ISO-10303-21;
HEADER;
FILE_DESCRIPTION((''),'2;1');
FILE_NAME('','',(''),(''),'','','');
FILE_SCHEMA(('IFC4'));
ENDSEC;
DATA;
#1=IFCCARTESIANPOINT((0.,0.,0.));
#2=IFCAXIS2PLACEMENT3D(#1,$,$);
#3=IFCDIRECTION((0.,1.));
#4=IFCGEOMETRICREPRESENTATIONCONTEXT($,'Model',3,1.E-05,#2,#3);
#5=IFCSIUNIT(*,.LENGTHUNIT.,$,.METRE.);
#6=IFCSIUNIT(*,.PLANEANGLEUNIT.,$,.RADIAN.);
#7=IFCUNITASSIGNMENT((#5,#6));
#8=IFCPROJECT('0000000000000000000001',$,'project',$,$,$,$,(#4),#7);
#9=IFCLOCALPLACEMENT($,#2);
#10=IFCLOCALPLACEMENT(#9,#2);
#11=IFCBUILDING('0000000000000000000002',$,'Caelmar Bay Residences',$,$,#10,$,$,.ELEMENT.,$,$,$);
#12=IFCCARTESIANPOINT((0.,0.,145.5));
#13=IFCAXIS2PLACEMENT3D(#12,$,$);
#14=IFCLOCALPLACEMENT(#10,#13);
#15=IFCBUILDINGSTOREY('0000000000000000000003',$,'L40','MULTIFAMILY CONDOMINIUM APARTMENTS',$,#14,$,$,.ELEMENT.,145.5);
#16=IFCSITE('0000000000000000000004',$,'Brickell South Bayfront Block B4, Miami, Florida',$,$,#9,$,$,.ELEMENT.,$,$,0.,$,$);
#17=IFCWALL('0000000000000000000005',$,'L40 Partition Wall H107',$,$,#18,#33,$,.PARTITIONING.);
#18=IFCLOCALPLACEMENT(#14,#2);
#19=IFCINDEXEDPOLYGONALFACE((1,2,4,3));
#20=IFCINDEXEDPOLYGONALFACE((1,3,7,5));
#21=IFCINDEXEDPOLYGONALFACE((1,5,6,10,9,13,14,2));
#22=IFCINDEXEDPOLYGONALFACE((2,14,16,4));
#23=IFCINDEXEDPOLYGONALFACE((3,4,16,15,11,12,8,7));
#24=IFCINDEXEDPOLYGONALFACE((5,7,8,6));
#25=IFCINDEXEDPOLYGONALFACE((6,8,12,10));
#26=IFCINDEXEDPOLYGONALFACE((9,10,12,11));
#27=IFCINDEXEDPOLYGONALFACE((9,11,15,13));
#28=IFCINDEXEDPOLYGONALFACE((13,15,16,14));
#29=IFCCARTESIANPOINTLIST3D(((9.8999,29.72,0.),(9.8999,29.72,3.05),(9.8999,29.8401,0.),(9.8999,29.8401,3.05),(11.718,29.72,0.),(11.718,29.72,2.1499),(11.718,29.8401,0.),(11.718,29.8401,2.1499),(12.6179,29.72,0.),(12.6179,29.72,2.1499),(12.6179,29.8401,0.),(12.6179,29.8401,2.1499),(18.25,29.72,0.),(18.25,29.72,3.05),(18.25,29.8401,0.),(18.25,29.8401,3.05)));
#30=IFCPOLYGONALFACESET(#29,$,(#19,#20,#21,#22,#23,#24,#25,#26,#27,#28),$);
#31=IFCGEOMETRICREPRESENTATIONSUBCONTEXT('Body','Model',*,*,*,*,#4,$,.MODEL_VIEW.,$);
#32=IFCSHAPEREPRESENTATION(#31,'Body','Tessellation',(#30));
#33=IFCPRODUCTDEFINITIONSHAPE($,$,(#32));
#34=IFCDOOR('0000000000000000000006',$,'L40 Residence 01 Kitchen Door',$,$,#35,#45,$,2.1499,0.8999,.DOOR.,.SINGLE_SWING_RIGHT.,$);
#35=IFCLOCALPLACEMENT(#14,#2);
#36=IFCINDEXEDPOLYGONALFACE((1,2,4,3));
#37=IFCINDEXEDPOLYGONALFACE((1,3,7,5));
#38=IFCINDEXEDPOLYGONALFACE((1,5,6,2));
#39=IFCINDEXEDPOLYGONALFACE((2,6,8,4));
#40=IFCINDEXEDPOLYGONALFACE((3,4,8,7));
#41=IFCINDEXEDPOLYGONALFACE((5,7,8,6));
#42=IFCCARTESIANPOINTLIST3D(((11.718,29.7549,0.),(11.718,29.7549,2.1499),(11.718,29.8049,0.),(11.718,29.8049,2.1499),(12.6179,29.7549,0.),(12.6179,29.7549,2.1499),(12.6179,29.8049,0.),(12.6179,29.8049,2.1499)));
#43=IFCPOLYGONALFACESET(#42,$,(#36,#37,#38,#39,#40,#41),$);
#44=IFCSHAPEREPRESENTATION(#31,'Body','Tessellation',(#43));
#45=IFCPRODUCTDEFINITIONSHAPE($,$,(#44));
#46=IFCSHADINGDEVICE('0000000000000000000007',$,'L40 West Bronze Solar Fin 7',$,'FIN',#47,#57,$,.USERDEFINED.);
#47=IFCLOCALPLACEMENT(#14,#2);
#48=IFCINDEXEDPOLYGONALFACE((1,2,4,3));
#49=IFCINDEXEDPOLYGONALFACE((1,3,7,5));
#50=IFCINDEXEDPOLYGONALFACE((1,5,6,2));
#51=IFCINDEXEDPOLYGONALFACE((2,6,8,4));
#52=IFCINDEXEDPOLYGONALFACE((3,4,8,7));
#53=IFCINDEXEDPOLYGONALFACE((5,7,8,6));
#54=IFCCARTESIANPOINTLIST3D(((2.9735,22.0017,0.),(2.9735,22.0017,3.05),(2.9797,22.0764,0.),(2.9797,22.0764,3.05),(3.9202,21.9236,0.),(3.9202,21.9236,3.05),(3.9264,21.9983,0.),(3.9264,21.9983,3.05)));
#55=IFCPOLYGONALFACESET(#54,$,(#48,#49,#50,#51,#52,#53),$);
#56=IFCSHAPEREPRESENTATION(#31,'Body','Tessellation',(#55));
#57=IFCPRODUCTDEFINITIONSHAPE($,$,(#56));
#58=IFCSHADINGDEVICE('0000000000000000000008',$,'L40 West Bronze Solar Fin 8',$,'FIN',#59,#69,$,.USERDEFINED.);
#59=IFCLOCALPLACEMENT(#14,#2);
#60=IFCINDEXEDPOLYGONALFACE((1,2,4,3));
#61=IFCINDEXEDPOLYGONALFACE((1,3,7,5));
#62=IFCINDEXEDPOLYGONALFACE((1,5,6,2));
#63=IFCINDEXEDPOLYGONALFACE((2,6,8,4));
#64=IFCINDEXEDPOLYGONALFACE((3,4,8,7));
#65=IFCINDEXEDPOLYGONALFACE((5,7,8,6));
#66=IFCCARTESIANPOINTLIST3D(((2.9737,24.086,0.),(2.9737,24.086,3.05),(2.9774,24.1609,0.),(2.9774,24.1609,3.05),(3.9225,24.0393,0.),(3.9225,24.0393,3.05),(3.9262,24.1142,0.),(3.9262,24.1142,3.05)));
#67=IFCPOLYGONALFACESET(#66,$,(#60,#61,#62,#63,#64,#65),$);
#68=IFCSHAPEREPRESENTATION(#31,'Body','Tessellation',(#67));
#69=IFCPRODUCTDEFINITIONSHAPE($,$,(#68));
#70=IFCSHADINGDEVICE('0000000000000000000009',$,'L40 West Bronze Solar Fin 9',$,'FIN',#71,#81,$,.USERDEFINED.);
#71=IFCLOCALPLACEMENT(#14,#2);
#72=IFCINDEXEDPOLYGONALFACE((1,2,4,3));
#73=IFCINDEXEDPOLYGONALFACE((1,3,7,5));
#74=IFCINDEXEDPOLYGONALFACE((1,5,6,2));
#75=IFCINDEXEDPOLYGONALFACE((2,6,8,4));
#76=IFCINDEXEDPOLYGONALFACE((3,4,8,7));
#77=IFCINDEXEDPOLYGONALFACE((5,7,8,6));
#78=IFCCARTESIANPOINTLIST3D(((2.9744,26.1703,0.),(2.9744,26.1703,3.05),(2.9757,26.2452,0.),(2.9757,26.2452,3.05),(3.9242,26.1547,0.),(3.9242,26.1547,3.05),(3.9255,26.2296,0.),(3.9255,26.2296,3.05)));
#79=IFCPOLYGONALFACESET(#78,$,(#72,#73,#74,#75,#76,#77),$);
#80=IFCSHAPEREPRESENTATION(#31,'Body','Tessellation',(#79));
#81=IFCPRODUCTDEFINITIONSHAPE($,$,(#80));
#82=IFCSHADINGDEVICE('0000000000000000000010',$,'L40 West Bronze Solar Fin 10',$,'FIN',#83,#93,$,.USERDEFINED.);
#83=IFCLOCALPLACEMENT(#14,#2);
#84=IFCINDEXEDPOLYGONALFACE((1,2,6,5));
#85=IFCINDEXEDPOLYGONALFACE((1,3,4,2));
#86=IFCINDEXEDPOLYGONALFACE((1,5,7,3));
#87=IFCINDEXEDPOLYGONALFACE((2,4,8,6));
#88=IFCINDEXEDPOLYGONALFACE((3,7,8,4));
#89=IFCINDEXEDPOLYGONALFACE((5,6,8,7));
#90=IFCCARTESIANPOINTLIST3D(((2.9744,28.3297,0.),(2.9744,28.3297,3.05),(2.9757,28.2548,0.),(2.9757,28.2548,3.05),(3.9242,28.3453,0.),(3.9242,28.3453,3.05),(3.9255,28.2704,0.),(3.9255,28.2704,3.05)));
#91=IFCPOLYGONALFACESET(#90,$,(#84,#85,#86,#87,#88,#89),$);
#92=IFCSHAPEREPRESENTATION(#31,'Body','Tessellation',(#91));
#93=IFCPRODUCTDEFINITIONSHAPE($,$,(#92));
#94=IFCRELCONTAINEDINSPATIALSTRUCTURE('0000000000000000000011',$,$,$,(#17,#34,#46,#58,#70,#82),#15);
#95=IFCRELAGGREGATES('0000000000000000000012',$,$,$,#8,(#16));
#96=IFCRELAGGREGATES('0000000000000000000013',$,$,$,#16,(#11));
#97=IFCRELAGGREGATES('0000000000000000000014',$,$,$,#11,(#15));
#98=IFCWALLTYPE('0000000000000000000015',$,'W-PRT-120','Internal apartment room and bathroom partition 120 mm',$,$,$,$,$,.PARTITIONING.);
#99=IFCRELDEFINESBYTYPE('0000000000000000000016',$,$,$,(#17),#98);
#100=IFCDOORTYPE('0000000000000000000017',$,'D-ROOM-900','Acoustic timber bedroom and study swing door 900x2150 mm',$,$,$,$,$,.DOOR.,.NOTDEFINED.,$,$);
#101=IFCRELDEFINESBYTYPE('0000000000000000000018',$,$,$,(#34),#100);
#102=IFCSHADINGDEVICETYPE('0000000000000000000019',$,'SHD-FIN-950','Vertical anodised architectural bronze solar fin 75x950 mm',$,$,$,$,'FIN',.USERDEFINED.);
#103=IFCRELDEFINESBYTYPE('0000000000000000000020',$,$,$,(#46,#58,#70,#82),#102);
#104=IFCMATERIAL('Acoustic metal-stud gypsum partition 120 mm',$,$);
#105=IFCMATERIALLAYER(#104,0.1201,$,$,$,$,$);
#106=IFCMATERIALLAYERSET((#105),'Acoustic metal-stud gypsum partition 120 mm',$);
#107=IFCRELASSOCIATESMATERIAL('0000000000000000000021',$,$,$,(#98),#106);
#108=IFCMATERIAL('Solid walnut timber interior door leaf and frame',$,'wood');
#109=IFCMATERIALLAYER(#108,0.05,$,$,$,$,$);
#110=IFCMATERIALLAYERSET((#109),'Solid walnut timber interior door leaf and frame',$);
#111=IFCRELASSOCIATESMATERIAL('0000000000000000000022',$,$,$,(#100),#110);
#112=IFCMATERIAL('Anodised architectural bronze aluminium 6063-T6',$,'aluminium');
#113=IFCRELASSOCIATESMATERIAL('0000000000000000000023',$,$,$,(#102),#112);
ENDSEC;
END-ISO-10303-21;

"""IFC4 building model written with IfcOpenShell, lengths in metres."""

from ifc_helpers import new_model, si_unit, direction, frame, frame_2d, origin, origin_2d, place, context, subcontext, project, spatial, rectangle, extrude, material, layer, layer_set, material_profile, profile_set, type_object, element, fill, save


model = new_model("IFC4")

# Units and contexts
model_context = context("Model", 3, precision=1e-05, world=origin(), true_north=direction((0.0, 1.0)))
body_context = subcontext(model_context, "Body", "Model", "MODEL_VIEW")
ifc_project = project(units=[si_unit("LENGTHUNIT", "METRE"), si_unit("PLANEANGLEUNIT", "RADIAN")], contexts=[model_context])

# Site, building, storey
site_placement = place(None, origin())
site = spatial("IfcSite", under=ifc_project, at=site_placement, Name="Brickell South Bayfront Block B4, Miami, Florida", CompositionType="ELEMENT", RefElevation=0.0)
building_placement = place(site_placement, origin())
building = spatial("IfcBuilding", under=site, at=building_placement, Name="Caelmar Bay Residences", CompositionType="ELEMENT")
storey_placement = place(building_placement, frame((0.0, 0.0, 145.5)))
storey = spatial("IfcBuildingStorey", under=building, at=storey_placement, Name="L40", Description="MULTIFAMILY CONDOMINIUM APARTMENTS", CompositionType="ELEMENT", Elevation=145.5)

# Shared definitions
ifc_material_1 = material(Name="Acoustic metal-stud gypsum partition 120 mm")
ifc_layer_1 = layer(ifc_material_1, 0.1201)
ifc_layer_set_1 = layer_set([ifc_layer_1], Name="Acoustic metal-stud gypsum partition 120 mm")
wall_type_1 = type_object("IfcWallType", Name="W-PRT-120", Description="Internal apartment room and bathroom partition 120 mm", PredefinedType="PARTITIONING", material=ifc_layer_set_1)

# Shared definitions
ifc_material_2 = material(Name="Solid walnut timber interior door leaf and frame", Category="wood")
ifc_layer_2 = layer(ifc_material_2, 0.05)
ifc_layer_set_2 = layer_set([ifc_layer_2], Name="Solid walnut timber interior door leaf and frame")
door_type = type_object("IfcDoorType", Name="D-ROOM-900", Description="Acoustic timber bedroom and study swing door 900x2150 mm", OperationType="NOTDEFINED", PredefinedType="DOOR", material=ifc_layer_set_2)

# Wall, opening, door
wall_1_placement = place(storey_placement, frame((9.8999, 29.78, 0.0), z_axis=(0.0, 0.0, 1.0), x_axis=(1.0, 0.0, 0.0)))
wall_1 = element("IfcWall", 1, at=wall_1_placement, inside=storey, type_object=wall_type_1, Name="L40 Partition Wall H107", PredefinedType="PARTITIONING", context=body_context, shape_type="SweptSolid", body=[
    extrude(rectangle(XDim=8.3501, YDim=0.1201, at=frame_2d((4.175, 0.0))), origin(), (0.0, 0.0, 1.0), 3.05),
])
opening_1_placement = place(wall_1_placement, frame((1.8181, 0.0, 0.0)))
opening_1 = element("IfcOpeningElement", 2, at=opening_1_placement, cuts=wall_1, PredefinedType="OPENING", context=body_context, shape_type="SweptSolid", body=[
    extrude(rectangle(XDim=0.8999, YDim=2.1499, at=frame_2d((0.45, 1.075))), frame((0.0, 0.0701, 0.0), z_axis=(0.0, -1.0, 0.0), x_axis=(1.0, 0.0, 0.0)), (0.0, 0.0, 1.0), 0.1401),
])
door_1_placement = place(opening_1_placement, origin())
door_1 = element("IfcDoor", 3, at=door_1_placement, inside=storey, type_object=door_type, Name="L40 Residence 01 Kitchen Door", OperationType="SINGLE_SWING_RIGHT", OverallHeight=2.1499, OverallWidth=0.8999, PredefinedType="DOOR", context=body_context, shape_type="SweptSolid", body=[
    extrude(rectangle(XDim=0.8999, YDim=2.1499, at=frame_2d((0.45, 1.075))), frame((0.0, 0.0249, 0.0), z_axis=(0.0, -1.0, 0.0), x_axis=(1.0, 0.0, 0.0)), (0.0, 0.0, 1.0), 0.05),
])
fill(opening_1, door_1)

# Shading devices
ifc_material_3 = material(Name="Anodised architectural bronze aluminium 6063-T6", Category="aluminium")
ifc_material_profile_1 = material_profile(ifc_material_3, rectangle(XDim=0.075, YDim=0.95, at=origin_2d()), Name="BRONZE-FIN-75X950")
ifc_profile_set_1 = profile_set([ifc_material_profile_1], Name="Anodised architectural bronze aluminium 6063-T6")
shading_device_type = type_object("IfcShadingDeviceType", Name="SHD-FIN-950", Description="Vertical anodised architectural bronze solar fin 75x950 mm", ElementType="FIN", PredefinedType="USERDEFINED", material=ifc_profile_set_1)
for number, where, z_axis, x_axis, name in (
    (4, (3.45, 22.0, 0.0), (0.0, 0.0, 1.0), (0.082112, 0.996623, 0.0), "L40 West Bronze Solar Fin 7"),
    (5, (3.45, 24.1001, 0.0), (0.0, 0.0, 1.0), (0.049198, 0.998789, 0.0), "L40 West Bronze Solar Fin 8"),
    (6, (3.45, 26.2, 0.0), (0.0, 0.0, 1.0), (0.016405, 0.999865, 0.0), "L40 West Bronze Solar Fin 9"),
    (7, (3.45, 28.3, 0.0), (0.0, 0.0, 1.0), (-0.016405, 0.999865, 0.0), "L40 West Bronze Solar Fin 10"),
):
    element("IfcShadingDevice", number, at=place(storey_placement, frame(where, z_axis=z_axis, x_axis=x_axis)), inside=storey, type_object=shading_device_type, Name=name, ObjectType="FIN", PredefinedType="USERDEFINED", context=body_context, shape_type="SweptSolid", body=[
        extrude(rectangle(XDim=0.075, YDim=0.95, at=origin_2d()), origin(), (0.0, 0.0, 1.0), 3.05),
    ])

save(model, "model.ifc")
